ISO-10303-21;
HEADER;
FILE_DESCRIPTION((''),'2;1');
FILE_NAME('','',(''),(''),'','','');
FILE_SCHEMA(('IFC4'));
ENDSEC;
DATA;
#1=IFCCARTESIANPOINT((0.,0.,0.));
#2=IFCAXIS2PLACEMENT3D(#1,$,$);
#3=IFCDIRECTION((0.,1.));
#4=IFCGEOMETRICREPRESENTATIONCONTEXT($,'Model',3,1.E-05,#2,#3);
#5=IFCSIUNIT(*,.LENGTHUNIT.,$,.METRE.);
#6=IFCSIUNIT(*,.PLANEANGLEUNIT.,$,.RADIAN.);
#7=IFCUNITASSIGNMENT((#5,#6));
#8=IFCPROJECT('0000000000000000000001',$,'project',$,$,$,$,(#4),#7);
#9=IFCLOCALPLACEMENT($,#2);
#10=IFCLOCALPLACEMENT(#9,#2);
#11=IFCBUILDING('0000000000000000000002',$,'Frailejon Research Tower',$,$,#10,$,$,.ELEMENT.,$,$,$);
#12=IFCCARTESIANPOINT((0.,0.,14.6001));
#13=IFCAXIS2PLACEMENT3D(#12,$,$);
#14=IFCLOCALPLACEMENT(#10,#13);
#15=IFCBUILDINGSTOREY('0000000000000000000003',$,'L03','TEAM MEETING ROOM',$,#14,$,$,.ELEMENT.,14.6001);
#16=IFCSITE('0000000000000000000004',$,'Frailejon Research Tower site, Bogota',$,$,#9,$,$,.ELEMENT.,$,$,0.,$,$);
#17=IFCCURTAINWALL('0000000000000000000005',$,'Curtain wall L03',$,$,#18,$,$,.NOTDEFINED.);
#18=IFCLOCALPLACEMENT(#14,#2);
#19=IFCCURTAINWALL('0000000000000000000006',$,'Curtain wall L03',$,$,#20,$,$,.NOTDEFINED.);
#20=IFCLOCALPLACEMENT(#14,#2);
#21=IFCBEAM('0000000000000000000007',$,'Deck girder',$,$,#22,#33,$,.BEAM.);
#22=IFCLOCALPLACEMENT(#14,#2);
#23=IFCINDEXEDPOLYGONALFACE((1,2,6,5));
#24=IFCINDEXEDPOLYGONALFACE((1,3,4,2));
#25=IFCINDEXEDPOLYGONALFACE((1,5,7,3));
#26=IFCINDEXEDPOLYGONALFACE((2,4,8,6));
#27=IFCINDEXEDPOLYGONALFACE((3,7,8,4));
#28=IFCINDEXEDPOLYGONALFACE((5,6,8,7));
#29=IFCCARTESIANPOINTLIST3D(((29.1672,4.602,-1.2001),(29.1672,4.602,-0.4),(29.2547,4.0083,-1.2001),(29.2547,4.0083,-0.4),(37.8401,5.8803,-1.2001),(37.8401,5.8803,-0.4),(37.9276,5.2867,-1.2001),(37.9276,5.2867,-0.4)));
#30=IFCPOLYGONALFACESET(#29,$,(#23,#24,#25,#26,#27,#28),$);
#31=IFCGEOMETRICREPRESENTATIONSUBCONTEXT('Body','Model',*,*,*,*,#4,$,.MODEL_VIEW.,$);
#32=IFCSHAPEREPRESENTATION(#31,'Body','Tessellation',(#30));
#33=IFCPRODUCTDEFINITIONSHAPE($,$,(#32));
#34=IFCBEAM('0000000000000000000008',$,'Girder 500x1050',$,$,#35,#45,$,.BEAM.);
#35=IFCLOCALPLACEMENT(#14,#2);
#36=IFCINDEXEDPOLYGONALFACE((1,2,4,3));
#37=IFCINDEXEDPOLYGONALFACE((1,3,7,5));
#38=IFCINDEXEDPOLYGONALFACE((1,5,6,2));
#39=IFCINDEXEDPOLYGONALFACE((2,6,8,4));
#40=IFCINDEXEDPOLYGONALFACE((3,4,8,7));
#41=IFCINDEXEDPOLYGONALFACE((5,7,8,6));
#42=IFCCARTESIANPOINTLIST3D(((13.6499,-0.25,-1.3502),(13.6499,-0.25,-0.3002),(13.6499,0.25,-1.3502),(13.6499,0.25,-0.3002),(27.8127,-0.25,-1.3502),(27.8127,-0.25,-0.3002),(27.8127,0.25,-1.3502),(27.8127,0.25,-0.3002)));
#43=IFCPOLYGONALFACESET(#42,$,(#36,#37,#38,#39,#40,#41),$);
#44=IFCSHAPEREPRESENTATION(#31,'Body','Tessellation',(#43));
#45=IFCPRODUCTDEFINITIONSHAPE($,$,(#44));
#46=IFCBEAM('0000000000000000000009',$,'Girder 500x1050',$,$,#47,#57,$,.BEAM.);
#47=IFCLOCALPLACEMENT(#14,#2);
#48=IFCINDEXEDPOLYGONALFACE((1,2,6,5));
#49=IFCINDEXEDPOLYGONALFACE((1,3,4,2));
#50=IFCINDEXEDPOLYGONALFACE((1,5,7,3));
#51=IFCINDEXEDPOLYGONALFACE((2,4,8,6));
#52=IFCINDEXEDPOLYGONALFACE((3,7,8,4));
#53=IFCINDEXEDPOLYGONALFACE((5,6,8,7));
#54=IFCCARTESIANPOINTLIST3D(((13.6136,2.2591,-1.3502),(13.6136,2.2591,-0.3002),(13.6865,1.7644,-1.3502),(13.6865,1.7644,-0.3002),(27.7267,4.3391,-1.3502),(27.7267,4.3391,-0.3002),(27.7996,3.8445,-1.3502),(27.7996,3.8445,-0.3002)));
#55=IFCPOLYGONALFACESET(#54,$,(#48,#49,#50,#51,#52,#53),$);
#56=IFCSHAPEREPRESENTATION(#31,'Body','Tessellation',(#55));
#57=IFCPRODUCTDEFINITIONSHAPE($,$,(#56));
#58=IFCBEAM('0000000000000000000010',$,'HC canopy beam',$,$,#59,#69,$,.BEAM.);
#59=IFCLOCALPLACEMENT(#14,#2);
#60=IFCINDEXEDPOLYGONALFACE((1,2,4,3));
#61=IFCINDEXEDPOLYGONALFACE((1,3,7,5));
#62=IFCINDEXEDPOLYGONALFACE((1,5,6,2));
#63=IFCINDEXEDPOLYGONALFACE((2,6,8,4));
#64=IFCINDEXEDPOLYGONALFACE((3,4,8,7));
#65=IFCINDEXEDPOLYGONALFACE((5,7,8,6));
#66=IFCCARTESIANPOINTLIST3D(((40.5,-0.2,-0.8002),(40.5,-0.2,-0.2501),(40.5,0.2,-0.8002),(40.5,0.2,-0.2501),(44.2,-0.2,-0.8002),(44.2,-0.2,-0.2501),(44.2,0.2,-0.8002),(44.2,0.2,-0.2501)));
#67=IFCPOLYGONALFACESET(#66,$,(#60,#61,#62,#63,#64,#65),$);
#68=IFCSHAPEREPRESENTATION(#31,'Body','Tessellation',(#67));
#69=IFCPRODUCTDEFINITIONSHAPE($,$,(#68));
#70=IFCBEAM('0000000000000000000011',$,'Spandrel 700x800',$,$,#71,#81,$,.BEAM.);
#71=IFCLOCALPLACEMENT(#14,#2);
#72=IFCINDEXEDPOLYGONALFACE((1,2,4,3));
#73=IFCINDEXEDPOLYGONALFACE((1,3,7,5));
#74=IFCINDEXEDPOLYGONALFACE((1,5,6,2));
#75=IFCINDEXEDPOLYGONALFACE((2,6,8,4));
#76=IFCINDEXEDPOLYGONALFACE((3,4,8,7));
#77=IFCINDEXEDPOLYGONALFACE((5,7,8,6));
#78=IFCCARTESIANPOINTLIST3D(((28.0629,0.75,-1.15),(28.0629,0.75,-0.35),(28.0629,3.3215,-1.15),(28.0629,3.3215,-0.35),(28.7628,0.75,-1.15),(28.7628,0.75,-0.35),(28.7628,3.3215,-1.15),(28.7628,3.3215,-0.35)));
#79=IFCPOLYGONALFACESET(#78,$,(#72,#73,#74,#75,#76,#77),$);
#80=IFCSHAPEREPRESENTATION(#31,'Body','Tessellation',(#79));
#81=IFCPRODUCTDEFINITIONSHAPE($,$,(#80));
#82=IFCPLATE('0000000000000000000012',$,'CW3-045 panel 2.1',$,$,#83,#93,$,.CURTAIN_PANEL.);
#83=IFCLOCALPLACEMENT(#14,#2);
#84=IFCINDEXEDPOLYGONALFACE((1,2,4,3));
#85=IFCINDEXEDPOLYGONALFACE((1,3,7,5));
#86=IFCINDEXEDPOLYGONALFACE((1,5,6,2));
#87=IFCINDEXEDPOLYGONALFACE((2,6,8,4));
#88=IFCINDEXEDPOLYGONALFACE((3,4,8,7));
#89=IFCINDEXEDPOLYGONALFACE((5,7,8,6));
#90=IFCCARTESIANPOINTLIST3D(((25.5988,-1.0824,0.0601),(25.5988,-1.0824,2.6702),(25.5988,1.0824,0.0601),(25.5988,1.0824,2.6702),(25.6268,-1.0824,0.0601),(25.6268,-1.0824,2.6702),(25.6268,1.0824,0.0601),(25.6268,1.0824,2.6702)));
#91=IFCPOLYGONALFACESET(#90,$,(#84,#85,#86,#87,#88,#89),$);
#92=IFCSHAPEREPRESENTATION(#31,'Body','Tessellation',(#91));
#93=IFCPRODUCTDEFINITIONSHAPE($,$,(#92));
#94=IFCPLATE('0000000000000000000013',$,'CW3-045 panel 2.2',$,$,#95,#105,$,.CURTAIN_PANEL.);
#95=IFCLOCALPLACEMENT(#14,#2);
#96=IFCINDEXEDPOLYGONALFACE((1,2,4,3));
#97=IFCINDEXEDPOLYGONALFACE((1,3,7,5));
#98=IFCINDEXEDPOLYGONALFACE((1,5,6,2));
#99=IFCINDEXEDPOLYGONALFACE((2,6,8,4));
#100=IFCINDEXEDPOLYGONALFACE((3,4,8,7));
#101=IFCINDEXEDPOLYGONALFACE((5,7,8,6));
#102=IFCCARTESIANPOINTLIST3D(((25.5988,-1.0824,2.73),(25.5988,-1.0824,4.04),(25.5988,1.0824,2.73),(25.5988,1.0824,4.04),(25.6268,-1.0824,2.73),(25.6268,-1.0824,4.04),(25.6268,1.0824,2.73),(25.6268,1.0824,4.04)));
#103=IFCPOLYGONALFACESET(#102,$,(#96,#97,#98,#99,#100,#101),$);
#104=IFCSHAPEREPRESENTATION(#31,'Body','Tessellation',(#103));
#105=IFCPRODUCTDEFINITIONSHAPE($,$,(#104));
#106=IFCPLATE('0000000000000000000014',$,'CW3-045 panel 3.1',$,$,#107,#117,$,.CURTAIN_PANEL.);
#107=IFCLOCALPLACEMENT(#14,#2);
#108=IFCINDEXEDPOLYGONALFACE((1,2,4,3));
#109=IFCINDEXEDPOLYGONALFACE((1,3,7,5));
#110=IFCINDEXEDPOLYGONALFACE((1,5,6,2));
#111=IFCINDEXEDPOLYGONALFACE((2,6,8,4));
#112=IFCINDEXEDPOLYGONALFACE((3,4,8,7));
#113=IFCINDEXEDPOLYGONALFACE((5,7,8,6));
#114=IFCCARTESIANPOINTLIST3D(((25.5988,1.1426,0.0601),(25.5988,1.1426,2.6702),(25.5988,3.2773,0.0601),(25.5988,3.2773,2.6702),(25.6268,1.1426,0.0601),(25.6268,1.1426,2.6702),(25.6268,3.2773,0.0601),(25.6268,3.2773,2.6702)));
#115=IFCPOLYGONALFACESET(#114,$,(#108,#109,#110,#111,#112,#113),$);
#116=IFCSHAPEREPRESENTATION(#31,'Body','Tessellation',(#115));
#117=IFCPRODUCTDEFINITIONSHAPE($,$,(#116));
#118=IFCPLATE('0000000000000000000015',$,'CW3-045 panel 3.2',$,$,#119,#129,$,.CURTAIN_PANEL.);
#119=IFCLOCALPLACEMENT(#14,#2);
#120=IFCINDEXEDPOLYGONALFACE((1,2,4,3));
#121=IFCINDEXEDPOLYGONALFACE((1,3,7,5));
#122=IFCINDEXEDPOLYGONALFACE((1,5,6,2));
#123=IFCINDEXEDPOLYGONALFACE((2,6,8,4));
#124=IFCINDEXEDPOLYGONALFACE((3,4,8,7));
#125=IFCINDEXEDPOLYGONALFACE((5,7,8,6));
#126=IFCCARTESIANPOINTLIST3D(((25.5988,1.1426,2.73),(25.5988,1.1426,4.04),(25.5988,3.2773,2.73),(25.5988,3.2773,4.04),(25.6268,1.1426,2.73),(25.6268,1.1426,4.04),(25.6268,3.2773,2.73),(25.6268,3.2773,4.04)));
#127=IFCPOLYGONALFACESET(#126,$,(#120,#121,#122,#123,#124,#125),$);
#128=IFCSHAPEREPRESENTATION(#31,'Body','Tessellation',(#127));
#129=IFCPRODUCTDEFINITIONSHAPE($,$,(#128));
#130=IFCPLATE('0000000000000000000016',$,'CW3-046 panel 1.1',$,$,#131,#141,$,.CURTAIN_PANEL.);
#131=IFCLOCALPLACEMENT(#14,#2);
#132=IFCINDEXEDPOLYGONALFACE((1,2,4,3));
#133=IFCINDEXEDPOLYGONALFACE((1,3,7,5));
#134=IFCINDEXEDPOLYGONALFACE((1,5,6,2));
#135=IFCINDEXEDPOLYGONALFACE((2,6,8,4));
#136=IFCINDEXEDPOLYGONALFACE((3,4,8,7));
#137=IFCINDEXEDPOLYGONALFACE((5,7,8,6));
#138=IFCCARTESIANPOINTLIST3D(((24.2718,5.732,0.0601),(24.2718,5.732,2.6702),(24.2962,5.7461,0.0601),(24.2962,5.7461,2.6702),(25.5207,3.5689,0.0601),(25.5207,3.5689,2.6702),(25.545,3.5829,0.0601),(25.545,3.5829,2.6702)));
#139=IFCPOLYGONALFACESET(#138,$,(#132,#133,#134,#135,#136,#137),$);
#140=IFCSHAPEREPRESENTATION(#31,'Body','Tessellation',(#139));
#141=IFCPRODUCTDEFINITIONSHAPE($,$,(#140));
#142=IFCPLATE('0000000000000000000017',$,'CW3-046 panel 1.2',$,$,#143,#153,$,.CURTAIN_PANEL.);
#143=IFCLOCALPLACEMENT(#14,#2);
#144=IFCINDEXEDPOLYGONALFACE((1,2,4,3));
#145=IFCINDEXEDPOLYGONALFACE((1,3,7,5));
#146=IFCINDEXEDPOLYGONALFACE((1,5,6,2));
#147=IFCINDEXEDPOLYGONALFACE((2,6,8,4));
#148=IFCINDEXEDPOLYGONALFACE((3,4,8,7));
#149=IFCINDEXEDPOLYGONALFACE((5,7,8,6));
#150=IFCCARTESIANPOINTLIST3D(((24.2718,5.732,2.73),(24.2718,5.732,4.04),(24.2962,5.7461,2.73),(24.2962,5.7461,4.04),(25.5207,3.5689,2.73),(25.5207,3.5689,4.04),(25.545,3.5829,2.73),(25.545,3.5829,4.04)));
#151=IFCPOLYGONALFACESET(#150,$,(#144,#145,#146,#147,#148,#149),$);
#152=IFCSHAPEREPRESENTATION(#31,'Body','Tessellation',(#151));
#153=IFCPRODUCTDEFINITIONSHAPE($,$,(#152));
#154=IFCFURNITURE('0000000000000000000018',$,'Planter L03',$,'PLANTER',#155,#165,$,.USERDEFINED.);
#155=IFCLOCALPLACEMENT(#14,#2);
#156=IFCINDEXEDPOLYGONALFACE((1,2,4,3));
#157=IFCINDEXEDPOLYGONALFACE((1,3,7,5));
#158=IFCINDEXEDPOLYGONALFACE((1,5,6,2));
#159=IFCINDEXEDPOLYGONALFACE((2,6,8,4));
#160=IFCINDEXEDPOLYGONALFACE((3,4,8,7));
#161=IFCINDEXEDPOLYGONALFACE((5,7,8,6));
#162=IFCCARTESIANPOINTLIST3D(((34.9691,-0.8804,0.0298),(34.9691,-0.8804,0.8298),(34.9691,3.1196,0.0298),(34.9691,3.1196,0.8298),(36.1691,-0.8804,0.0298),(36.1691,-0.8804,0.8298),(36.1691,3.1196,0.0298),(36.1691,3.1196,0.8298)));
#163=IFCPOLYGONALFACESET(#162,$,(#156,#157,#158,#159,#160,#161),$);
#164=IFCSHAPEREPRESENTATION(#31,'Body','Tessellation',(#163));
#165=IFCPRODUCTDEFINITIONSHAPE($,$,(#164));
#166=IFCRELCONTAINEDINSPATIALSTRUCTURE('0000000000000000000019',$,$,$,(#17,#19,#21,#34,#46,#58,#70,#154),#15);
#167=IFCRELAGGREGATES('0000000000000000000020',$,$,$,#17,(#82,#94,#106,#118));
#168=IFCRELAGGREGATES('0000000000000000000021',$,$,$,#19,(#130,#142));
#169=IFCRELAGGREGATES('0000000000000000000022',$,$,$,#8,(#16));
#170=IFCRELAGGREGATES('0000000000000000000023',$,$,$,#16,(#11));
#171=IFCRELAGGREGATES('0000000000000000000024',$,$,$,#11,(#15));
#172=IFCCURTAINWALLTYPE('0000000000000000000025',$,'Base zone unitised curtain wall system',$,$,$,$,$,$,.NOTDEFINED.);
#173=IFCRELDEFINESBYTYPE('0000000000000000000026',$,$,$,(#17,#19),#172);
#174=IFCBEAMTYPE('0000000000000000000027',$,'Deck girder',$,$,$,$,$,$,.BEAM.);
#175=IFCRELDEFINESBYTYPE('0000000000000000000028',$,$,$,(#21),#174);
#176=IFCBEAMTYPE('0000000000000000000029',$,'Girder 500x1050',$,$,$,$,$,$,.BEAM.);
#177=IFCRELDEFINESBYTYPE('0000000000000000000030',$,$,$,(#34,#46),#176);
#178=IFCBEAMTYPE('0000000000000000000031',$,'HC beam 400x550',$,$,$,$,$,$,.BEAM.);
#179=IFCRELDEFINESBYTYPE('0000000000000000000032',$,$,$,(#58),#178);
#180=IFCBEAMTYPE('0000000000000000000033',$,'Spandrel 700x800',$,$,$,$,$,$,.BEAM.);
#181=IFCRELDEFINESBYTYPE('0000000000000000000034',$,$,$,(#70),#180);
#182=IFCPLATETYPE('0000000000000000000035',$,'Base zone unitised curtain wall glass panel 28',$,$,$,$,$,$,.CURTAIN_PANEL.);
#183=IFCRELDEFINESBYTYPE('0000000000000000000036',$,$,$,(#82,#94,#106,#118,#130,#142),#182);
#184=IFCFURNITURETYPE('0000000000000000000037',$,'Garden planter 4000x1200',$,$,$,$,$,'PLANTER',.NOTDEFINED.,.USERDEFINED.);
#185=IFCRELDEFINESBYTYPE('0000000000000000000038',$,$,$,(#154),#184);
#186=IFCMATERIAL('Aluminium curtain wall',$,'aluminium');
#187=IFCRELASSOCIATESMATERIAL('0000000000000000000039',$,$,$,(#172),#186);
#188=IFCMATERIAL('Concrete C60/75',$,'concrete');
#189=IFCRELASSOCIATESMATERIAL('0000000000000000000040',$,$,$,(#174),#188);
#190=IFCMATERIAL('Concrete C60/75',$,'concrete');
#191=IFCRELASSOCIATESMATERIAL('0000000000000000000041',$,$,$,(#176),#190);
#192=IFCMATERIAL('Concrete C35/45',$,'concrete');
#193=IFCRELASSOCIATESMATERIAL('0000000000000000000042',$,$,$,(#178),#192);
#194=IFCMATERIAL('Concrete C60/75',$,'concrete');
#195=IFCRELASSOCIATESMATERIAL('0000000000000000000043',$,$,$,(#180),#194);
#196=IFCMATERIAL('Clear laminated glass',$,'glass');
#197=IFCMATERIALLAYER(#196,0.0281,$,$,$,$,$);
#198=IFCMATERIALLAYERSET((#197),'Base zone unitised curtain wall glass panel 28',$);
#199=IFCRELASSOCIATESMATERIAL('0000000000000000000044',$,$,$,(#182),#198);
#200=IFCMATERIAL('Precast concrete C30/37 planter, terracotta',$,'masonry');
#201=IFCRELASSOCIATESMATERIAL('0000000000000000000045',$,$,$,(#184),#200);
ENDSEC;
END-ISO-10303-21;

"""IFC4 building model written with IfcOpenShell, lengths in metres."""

from ifc_helpers import new_model, si_unit, direction, frame, origin, origin_2d, place, context, subcontext, project, spatial, rectangle, extrude, material, layer, layer_set, material_profile, profile_set, type_object, element, aggregate, save


model = new_model("IFC4")

# Units and contexts
model_context = context("Model", 3, precision=1e-05, world=origin(), true_north=direction((0.0, 1.0)))
body_context = subcontext(model_context, "Body", "Model", "MODEL_VIEW")
ifc_project = project(units=[si_unit("LENGTHUNIT", "METRE"), si_unit("PLANEANGLEUNIT", "RADIAN")], contexts=[model_context])

# Site, building, storey
site_placement = place(None, origin())
site = spatial("IfcSite", under=ifc_project, at=site_placement, Name="Frailejon Research Tower site, Bogota", CompositionType="ELEMENT", RefElevation=0.0)
building_placement = place(site_placement, origin())
building = spatial("IfcBuilding", under=site, at=building_placement, Name="Frailejon Research Tower", CompositionType="ELEMENT")
storey_placement = place(building_placement, frame((0.0, 0.0, 14.6001)))
storey = spatial("IfcBuildingStorey", under=building, at=storey_placement, Name="L03", Description="TEAM MEETING ROOM", CompositionType="ELEMENT", Elevation=14.6001)

# Curtain wall
ifc_material_1 = material(Name="Aluminium curtain wall", Category="aluminium")
curtain_wall_type = type_object("IfcCurtainWallType", Name="Base zone unitised curtain wall system", PredefinedType="NOTDEFINED", material=ifc_material_1)
curtain_wall_1_placement = place(storey_placement, origin())
curtain_wall_1 = element("IfcCurtainWall", 1, at=curtain_wall_1_placement, inside=storey, type_object=curtain_wall_type, Name="Curtain wall L03", PredefinedType="NOTDEFINED")

# Curtain wall
curtain_wall_2_placement = place(storey_placement, origin())
curtain_wall_2 = element("IfcCurtainWall", 2, at=curtain_wall_2_placement, inside=storey, type_object=curtain_wall_type, Name="Curtain wall L03", PredefinedType="NOTDEFINED")

# Beams
ifc_material_2 = material(Name="Concrete C60/75", Category="concrete")
ifc_material_profile_1 = material_profile(ifc_material_2, rectangle(XDim=0.6001, YDim=0.8, at=origin_2d()), Name="Deck girder")
ifc_profile_set_1 = profile_set([ifc_material_profile_1], Name="Concrete C60/75")
beam_type_1 = type_object("IfcBeamType", Name="Deck girder", PredefinedType="BEAM", material=ifc_profile_set_1)
beam_1_placement = place(storey_placement, frame((29.2109, 4.3052, -0.8), z_axis=(0.989311, 0.145818, 0.0), x_axis=(-0.145818, 0.989311, 0.0)))
element("IfcBeam", 3, at=beam_1_placement, inside=storey, type_object=beam_type_1, Name="Deck girder", PredefinedType="BEAM", context=body_context, shape_type="SweptSolid", body=[
    extrude(rectangle(XDim=0.6001, YDim=0.8, at=origin_2d()), origin(), (0.0, 0.0, 1.0), 8.7666),
])
ifc_material_3 = material(Name="Concrete C60/75", Category="concrete")
ifc_material_profile_2 = material_profile(ifc_material_3, rectangle(XDim=0.5, YDim=1.05, at=origin_2d()), Name="Girder 500x1050")
ifc_profile_set_2 = profile_set([ifc_material_profile_2], Name="Concrete C60/75")
beam_type_2 = type_object("IfcBeamType", Name="Girder 500x1050", PredefinedType="BEAM", material=ifc_profile_set_2)
beam_2_placement = place(storey_placement, frame((27.8127, 0.0, -0.8252), z_axis=(-1.0, 0.0, 0.0), x_axis=(0.0, -1.0, 0.0)))
element("IfcBeam", 4, at=beam_2_placement, inside=storey, type_object=beam_type_2, Name="Girder 500x1050", PredefinedType="BEAM", context=body_context, shape_type="SweptSolid", body=[
    extrude(rectangle(XDim=0.5, YDim=1.05, at=origin_2d()), origin(), (0.0, 0.0, 1.0), 14.1628),
])
beam_3_placement = place(storey_placement, frame((27.7632, 4.0918, -0.8252), z_axis=(-0.989313, -0.145809, 0.0), x_axis=(0.145809, -0.989313, 0.0)))
element("IfcBeam", 5, at=beam_3_placement, inside=storey, type_object=beam_type_2, Name="Girder 500x1050", PredefinedType="BEAM", context=body_context, shape_type="SweptSolid", body=[
    extrude(rectangle(XDim=0.5, YDim=1.05, at=origin_2d()), origin(), (0.0, 0.0, 1.0), 14.2656),
])
ifc_material_4 = material(Name="Concrete C35/45", Category="concrete")
ifc_material_profile_3 = material_profile(ifc_material_4, rectangle(XDim=0.3999, YDim=0.55, at=origin_2d()), Name="HC beam 400x550")
ifc_profile_set_3 = profile_set([ifc_material_profile_3], Name="Concrete C35/45")
beam_type_3 = type_object("IfcBeamType", Name="HC beam 400x550", PredefinedType="BEAM", material=ifc_profile_set_3)
beam_4_placement = place(storey_placement, frame((40.5, 0.0, -0.5251), z_axis=(1.0, 0.0, 0.0), x_axis=(0.0, 1.0, 0.0)))
element("IfcBeam", 6, at=beam_4_placement, inside=storey, type_object=beam_type_3, Name="HC canopy beam", PredefinedType="BEAM", context=body_context, shape_type="SweptSolid", body=[
    extrude(rectangle(XDim=0.3999, YDim=0.55, at=origin_2d()), origin(), (0.0, 0.0, 1.0), 3.7),
])
ifc_material_5 = material(Name="Concrete C60/75", Category="concrete")
ifc_material_profile_4 = material_profile(ifc_material_5, rectangle(XDim=0.7, YDim=0.8, at=origin_2d()), Name="Spandrel 700x800")
ifc_profile_set_4 = profile_set([ifc_material_profile_4], Name="Concrete C60/75")
beam_type_4 = type_object("IfcBeamType", Name="Spandrel 700x800", PredefinedType="BEAM", material=ifc_profile_set_4)
beam_5_placement = place(storey_placement, frame((28.4128, 0.75, -0.75), z_axis=(0.0, 1.0, 0.0), x_axis=(-1.0, 0.0, 0.0)))
element("IfcBeam", 7, at=beam_5_placement, inside=storey, type_object=beam_type_4, Name="Spandrel 700x800", PredefinedType="BEAM", context=body_context, shape_type="SweptSolid", body=[
    extrude(rectangle(XDim=0.7, YDim=0.8, at=origin_2d()), origin(), (0.0, 0.0, 1.0), 2.5715),
])

# Plates
ifc_material_6 = material(Name="Clear laminated glass", Category="glass")
ifc_layer = layer(ifc_material_6, 0.0281)
ifc_layer_set = layer_set([ifc_layer], Name="Base zone unitised curtain wall glass panel 28")
plate_type = type_object("IfcPlateType", Name="Base zone unitised curtain wall glass panel 28", PredefinedType="CURTAIN_PANEL", material=ifc_layer_set)
plate_1_placement = place(storey_placement, frame((25.6128, 0.0, 0.0601), z_axis=(0.0, 0.0, 1.0), x_axis=(0.0, 1.0, 0.0)))
plate_1 = element("IfcPlate", 8, at=plate_1_placement, type_object=plate_type, Name="CW3-045 panel 2.1", PredefinedType="CURTAIN_PANEL", context=body_context, shape_type="SweptSolid", body=[
    extrude(rectangle(XDim=2.1648, YDim=0.0281, at=origin_2d()), origin(), (0.0, 0.0, 1.0), 2.6101),
])
plate_2_placement = place(storey_placement, frame((25.6128, 0.0, 2.73), z_axis=(0.0, 0.0, 1.0), x_axis=(0.0, 1.0, 0.0)))
plate_2 = element("IfcPlate", 9, at=plate_2_placement, type_object=plate_type, Name="CW3-045 panel 2.2", PredefinedType="CURTAIN_PANEL", context=body_context, shape_type="SweptSolid", body=[
    extrude(rectangle(XDim=2.1648, YDim=0.0281, at=origin_2d()), origin(), (0.0, 0.0, 1.0), 1.3101),
])
plate_3_placement = place(storey_placement, frame((25.6128, 2.21, 0.0601), z_axis=(0.0, 0.0, 1.0), x_axis=(0.0, 1.0, 0.0)))
plate_3 = element("IfcPlate", 10, at=plate_3_placement, type_object=plate_type, Name="CW3-045 panel 3.1", PredefinedType="CURTAIN_PANEL", context=body_context, shape_type="SweptSolid", body=[
    extrude(rectangle(XDim=2.1348, YDim=0.0281, at=origin_2d()), origin(), (0.0, 0.0, 1.0), 2.6101),
])
plate_4_placement = place(storey_placement, frame((25.6128, 2.21, 2.73), z_axis=(0.0, 0.0, 1.0), x_axis=(0.0, 1.0, 0.0)))
plate_4 = element("IfcPlate", 11, at=plate_4_placement, type_object=plate_type, Name="CW3-045 panel 3.2", PredefinedType="CURTAIN_PANEL", context=body_context, shape_type="SweptSolid", body=[
    extrude(rectangle(XDim=2.1348, YDim=0.0281, at=origin_2d()), origin(), (0.0, 0.0, 1.0), 1.3101),
])
aggregate(curtain_wall_1, [plate_1, plate_2, plate_3, plate_4])
plate_5_placement = place(storey_placement, frame((24.9084, 4.6575, 0.0601), z_axis=(0.0, 0.0, 1.0), x_axis=(-0.499993, 0.866029, 0.0)))
plate_5 = element("IfcPlate", 12, at=plate_5_placement, type_object=plate_type, Name="CW3-046 panel 1.1", PredefinedType="CURTAIN_PANEL", context=body_context, shape_type="SweptSolid", body=[
    extrude(rectangle(XDim=2.4978, YDim=0.0281, at=origin_2d()), origin(), (0.0, 0.0, 1.0), 2.6101),
])
plate_6_placement = place(storey_placement, frame((24.9084, 4.6575, 2.73), z_axis=(0.0, 0.0, 1.0), x_axis=(-0.499993, 0.866029, 0.0)))
plate_6 = element("IfcPlate", 13, at=plate_6_placement, type_object=plate_type, Name="CW3-046 panel 1.2", PredefinedType="CURTAIN_PANEL", context=body_context, shape_type="SweptSolid", body=[
    extrude(rectangle(XDim=2.4978, YDim=0.0281, at=origin_2d()), origin(), (0.0, 0.0, 1.0), 1.3101),
])
aggregate(curtain_wall_2, [plate_5, plate_6])

# Furniture
ifc_material_7 = material(Name="Precast concrete C30/37 planter, terracotta", Category="masonry")
furniture_type = type_object("IfcFurnitureType", Name="Garden planter 4000x1200", ElementType="PLANTER", AssemblyPlace="NOTDEFINED", PredefinedType="USERDEFINED", material=ifc_material_7)
furniture_placement = place(storey_placement, frame((35.5691, 1.1196, 0.0298), z_axis=(0.0, 0.0, 1.0), x_axis=(0.0, 1.0, 0.0)))
element("IfcFurniture", 14, at=furniture_placement, inside=storey, type_object=furniture_type, Name="Planter L03", ObjectType="PLANTER", PredefinedType="USERDEFINED", context=body_context, shape_type="SweptSolid", body=[
    extrude(rectangle(XDim=4.0, YDim=1.2, at=origin_2d()), origin(), (0.0, 0.0, 1.0), 0.8),
])

save(model, "model.ifc")
